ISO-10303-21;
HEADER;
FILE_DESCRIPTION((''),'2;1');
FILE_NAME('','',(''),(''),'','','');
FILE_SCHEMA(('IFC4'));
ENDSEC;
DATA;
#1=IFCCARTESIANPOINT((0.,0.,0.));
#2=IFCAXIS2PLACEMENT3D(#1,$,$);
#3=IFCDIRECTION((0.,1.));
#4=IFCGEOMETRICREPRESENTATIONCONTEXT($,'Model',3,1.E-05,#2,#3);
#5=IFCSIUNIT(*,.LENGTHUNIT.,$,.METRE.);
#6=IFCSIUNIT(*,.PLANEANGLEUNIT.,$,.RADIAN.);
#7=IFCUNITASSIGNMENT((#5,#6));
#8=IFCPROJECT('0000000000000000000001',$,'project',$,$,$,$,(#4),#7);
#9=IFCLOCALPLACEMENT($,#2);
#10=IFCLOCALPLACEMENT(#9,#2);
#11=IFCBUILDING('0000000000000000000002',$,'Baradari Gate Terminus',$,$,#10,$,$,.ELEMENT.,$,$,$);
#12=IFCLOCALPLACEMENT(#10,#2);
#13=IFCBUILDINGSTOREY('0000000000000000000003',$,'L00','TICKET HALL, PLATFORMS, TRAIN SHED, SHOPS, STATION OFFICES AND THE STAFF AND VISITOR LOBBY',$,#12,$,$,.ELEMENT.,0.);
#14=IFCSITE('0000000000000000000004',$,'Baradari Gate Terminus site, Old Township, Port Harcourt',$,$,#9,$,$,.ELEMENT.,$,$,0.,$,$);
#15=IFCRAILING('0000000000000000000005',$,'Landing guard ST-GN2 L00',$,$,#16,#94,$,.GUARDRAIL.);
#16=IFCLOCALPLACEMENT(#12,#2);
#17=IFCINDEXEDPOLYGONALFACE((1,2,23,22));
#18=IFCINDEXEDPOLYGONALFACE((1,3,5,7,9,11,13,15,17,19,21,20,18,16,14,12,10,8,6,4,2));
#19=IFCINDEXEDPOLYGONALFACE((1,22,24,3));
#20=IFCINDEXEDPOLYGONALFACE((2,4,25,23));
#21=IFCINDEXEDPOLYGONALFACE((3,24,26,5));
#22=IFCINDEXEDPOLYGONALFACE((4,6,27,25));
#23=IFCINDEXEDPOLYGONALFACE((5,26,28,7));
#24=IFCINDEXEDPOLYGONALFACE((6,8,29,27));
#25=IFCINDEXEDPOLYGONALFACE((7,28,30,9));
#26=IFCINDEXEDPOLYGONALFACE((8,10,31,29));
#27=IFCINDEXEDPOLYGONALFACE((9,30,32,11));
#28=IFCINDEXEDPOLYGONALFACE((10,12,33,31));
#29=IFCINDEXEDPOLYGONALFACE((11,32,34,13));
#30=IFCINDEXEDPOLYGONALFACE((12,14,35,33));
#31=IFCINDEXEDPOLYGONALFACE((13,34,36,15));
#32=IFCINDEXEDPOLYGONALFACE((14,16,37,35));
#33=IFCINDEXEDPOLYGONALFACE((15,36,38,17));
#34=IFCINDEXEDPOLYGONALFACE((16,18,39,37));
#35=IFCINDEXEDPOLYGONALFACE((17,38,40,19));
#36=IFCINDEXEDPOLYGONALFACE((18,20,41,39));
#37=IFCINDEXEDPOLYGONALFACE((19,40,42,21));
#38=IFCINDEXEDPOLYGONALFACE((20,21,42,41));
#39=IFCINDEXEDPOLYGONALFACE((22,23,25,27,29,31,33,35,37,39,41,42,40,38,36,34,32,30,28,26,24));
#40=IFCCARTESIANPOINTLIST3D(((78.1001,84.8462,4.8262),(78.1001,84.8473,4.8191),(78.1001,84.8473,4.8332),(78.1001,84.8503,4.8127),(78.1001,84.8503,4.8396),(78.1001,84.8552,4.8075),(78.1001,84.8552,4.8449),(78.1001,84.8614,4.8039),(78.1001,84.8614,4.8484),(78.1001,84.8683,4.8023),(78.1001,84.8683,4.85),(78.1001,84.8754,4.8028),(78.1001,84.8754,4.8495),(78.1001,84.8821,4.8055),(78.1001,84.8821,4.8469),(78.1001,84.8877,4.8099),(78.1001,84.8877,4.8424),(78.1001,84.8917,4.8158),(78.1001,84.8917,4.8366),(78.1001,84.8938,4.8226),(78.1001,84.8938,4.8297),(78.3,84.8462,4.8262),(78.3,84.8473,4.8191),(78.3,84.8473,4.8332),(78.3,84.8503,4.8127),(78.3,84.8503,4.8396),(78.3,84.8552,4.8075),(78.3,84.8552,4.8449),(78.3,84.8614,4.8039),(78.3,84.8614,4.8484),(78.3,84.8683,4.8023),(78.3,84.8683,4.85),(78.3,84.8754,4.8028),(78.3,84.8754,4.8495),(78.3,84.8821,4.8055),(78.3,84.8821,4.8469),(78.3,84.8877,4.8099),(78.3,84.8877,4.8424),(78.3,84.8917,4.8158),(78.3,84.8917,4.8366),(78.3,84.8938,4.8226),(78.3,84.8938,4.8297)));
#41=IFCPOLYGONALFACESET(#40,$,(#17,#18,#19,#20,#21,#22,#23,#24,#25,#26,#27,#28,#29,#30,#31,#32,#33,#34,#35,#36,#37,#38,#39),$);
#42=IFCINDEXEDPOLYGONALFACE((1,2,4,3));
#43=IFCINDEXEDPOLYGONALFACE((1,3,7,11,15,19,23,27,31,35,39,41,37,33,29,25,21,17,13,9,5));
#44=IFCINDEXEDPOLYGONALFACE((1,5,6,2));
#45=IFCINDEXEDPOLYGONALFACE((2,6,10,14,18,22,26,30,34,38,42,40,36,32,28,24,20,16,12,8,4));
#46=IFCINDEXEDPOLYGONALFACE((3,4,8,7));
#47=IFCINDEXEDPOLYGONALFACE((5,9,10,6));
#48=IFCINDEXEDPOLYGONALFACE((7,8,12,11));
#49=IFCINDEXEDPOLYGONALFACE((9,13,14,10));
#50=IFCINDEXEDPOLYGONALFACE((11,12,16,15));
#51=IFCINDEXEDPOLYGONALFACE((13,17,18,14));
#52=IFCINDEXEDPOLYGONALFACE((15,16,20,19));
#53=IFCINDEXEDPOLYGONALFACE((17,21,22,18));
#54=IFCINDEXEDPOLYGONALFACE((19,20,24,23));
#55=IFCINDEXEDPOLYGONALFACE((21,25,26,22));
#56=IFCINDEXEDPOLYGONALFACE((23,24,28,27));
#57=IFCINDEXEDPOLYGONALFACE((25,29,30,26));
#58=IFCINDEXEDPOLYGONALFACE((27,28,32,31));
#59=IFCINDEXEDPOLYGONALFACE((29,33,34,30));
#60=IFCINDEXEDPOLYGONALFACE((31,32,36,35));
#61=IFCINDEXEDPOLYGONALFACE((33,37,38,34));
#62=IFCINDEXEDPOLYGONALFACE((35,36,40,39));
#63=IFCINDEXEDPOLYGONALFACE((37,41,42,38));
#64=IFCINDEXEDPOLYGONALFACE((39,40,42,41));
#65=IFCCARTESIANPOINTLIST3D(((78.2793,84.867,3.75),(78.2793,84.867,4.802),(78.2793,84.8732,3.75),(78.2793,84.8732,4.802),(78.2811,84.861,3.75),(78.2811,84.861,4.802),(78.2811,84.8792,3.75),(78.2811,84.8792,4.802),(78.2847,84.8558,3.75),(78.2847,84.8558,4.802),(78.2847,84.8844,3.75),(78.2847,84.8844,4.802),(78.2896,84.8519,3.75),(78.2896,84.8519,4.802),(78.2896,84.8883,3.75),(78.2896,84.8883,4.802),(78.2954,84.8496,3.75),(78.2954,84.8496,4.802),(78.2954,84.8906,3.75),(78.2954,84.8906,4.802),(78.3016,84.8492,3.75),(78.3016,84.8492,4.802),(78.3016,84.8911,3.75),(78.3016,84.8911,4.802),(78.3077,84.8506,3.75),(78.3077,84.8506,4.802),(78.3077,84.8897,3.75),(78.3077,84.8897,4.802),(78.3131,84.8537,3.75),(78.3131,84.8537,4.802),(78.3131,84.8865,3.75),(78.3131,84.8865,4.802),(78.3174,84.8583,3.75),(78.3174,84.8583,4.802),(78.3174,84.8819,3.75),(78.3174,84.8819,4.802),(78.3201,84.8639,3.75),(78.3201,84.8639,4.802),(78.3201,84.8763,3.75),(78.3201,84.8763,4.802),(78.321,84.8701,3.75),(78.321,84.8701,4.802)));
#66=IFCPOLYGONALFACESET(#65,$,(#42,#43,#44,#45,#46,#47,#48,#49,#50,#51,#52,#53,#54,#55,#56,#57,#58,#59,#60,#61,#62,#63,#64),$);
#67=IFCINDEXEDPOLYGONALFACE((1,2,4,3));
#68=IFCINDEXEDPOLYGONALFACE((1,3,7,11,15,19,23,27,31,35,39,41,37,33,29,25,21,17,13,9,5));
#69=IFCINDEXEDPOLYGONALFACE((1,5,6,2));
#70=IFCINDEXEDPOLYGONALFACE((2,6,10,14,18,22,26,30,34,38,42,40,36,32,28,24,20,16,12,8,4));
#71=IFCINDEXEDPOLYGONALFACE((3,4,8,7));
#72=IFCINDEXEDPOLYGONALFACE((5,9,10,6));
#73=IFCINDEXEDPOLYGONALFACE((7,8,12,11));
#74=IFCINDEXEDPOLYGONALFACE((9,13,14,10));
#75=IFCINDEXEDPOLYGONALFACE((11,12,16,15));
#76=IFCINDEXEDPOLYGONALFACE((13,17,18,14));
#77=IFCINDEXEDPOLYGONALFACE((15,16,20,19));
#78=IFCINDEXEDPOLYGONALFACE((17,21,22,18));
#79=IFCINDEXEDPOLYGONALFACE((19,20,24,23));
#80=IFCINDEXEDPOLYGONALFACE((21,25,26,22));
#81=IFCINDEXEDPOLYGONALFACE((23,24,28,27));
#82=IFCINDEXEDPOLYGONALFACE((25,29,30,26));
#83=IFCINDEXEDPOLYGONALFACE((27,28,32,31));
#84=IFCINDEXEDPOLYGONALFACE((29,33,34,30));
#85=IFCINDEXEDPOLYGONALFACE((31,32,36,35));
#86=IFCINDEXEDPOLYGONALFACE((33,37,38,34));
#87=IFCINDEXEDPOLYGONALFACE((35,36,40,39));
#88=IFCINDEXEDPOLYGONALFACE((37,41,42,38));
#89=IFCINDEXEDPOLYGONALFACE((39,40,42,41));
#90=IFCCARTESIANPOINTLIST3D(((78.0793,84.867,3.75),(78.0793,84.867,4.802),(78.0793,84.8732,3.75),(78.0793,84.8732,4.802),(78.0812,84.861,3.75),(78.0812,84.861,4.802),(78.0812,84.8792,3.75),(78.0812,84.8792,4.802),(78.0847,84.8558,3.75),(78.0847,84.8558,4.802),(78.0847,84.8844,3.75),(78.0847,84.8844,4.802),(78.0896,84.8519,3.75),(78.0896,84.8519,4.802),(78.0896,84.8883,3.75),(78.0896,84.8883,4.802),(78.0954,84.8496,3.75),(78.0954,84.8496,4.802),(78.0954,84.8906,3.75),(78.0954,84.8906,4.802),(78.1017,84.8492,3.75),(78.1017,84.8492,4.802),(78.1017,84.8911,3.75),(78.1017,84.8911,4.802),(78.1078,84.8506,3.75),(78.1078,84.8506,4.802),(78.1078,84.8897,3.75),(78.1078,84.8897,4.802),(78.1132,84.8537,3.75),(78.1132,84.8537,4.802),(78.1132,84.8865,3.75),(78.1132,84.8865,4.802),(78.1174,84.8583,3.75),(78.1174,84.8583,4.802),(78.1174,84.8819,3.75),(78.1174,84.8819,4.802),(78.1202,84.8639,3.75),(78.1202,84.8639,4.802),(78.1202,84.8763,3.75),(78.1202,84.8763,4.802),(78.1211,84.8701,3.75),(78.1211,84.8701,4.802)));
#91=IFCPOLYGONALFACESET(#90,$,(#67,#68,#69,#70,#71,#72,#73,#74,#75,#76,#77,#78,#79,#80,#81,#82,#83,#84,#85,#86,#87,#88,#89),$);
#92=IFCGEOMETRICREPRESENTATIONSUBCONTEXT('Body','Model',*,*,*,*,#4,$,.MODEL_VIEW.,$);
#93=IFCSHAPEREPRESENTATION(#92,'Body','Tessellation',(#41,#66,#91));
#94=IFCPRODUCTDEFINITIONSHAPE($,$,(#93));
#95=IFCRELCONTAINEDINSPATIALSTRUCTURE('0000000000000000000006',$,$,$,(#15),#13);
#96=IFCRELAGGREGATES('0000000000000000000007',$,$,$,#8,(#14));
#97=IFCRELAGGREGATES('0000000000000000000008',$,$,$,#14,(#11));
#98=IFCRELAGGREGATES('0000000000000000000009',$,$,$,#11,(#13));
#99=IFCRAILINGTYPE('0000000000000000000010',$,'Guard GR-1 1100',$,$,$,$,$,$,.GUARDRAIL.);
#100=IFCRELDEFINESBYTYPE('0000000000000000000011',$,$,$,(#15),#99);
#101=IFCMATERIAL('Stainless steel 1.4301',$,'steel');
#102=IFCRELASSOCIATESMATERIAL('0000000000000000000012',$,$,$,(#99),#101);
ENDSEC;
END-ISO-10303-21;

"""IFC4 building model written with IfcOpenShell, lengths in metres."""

from ifc_helpers import new_model, si_unit, direction, frame, origin, origin_2d, place, context, subcontext, project, spatial, circle, extrude, material, type_object, element, save


model = new_model("IFC4")

# Units and contexts
model_context = context("Model", 3, precision=1e-05, world=origin(), true_north=direction((0.0, 1.0)))
body_context = subcontext(model_context, "Body", "Model", "MODEL_VIEW")
ifc_project = project(units=[si_unit("LENGTHUNIT", "METRE"), si_unit("PLANEANGLEUNIT", "RADIAN")], contexts=[model_context])

# Site, building, storey
site_placement = place(None, origin())
site = spatial("IfcSite", under=ifc_project, at=site_placement, Name="Baradari Gate Terminus site, Old Township, Port Harcourt", CompositionType="ELEMENT", RefElevation=0.0)
building_placement = place(site_placement, origin())
building = spatial("IfcBuilding", under=site, at=building_placement, Name="Baradari Gate Terminus", CompositionType="ELEMENT")
storey_placement = place(building_placement, origin())
storey = spatial("IfcBuildingStorey", under=building, at=storey_placement, Name="L00", Description="TICKET HALL, PLATFORMS, TRAIN SHED, SHOPS, STATION OFFICES AND THE STAFF AND VISITOR LOBBY", CompositionType="ELEMENT", Elevation=0.0)

# Railing
ifc_material_1 = material(Name="Stainless steel 1.4301", Category="steel")
railing_type_1 = type_object("IfcRailingType", Name="Guard GR-1 1100", PredefinedType="GUARDRAIL", material=ifc_material_1)
for number, where, name in (
    (1, (78.3, 84.8701, 3.75), "Landing guard ST-GN2 L00"),
):
    element("IfcRailing", number, at=place(storey_placement, frame(where)), inside=storey, type_object=railing_type_1, Name=name, PredefinedType="GUARDRAIL", context=body_context, shape_type="SweptSolid", body=[
        extrude(circle(Radius=0.0239, at=origin_2d()), frame((0.0, 0.0, 1.0762), z_axis=(-1.0, 0.0, 0.0), x_axis=(0.0, -1.0, 0.0)), (0.0, 0.0, 1.0), 0.2),
        extrude(circle(Radius=0.021, at=origin_2d()), origin(), (0.0, 0.0, 1.0), 1.052),
        extrude(circle(Radius=0.021, at=origin_2d()), frame((-0.2, 0.0, 0.0)), (0.0, 0.0, 1.0), 1.052),
    ])

save(model, "model.ifc")
